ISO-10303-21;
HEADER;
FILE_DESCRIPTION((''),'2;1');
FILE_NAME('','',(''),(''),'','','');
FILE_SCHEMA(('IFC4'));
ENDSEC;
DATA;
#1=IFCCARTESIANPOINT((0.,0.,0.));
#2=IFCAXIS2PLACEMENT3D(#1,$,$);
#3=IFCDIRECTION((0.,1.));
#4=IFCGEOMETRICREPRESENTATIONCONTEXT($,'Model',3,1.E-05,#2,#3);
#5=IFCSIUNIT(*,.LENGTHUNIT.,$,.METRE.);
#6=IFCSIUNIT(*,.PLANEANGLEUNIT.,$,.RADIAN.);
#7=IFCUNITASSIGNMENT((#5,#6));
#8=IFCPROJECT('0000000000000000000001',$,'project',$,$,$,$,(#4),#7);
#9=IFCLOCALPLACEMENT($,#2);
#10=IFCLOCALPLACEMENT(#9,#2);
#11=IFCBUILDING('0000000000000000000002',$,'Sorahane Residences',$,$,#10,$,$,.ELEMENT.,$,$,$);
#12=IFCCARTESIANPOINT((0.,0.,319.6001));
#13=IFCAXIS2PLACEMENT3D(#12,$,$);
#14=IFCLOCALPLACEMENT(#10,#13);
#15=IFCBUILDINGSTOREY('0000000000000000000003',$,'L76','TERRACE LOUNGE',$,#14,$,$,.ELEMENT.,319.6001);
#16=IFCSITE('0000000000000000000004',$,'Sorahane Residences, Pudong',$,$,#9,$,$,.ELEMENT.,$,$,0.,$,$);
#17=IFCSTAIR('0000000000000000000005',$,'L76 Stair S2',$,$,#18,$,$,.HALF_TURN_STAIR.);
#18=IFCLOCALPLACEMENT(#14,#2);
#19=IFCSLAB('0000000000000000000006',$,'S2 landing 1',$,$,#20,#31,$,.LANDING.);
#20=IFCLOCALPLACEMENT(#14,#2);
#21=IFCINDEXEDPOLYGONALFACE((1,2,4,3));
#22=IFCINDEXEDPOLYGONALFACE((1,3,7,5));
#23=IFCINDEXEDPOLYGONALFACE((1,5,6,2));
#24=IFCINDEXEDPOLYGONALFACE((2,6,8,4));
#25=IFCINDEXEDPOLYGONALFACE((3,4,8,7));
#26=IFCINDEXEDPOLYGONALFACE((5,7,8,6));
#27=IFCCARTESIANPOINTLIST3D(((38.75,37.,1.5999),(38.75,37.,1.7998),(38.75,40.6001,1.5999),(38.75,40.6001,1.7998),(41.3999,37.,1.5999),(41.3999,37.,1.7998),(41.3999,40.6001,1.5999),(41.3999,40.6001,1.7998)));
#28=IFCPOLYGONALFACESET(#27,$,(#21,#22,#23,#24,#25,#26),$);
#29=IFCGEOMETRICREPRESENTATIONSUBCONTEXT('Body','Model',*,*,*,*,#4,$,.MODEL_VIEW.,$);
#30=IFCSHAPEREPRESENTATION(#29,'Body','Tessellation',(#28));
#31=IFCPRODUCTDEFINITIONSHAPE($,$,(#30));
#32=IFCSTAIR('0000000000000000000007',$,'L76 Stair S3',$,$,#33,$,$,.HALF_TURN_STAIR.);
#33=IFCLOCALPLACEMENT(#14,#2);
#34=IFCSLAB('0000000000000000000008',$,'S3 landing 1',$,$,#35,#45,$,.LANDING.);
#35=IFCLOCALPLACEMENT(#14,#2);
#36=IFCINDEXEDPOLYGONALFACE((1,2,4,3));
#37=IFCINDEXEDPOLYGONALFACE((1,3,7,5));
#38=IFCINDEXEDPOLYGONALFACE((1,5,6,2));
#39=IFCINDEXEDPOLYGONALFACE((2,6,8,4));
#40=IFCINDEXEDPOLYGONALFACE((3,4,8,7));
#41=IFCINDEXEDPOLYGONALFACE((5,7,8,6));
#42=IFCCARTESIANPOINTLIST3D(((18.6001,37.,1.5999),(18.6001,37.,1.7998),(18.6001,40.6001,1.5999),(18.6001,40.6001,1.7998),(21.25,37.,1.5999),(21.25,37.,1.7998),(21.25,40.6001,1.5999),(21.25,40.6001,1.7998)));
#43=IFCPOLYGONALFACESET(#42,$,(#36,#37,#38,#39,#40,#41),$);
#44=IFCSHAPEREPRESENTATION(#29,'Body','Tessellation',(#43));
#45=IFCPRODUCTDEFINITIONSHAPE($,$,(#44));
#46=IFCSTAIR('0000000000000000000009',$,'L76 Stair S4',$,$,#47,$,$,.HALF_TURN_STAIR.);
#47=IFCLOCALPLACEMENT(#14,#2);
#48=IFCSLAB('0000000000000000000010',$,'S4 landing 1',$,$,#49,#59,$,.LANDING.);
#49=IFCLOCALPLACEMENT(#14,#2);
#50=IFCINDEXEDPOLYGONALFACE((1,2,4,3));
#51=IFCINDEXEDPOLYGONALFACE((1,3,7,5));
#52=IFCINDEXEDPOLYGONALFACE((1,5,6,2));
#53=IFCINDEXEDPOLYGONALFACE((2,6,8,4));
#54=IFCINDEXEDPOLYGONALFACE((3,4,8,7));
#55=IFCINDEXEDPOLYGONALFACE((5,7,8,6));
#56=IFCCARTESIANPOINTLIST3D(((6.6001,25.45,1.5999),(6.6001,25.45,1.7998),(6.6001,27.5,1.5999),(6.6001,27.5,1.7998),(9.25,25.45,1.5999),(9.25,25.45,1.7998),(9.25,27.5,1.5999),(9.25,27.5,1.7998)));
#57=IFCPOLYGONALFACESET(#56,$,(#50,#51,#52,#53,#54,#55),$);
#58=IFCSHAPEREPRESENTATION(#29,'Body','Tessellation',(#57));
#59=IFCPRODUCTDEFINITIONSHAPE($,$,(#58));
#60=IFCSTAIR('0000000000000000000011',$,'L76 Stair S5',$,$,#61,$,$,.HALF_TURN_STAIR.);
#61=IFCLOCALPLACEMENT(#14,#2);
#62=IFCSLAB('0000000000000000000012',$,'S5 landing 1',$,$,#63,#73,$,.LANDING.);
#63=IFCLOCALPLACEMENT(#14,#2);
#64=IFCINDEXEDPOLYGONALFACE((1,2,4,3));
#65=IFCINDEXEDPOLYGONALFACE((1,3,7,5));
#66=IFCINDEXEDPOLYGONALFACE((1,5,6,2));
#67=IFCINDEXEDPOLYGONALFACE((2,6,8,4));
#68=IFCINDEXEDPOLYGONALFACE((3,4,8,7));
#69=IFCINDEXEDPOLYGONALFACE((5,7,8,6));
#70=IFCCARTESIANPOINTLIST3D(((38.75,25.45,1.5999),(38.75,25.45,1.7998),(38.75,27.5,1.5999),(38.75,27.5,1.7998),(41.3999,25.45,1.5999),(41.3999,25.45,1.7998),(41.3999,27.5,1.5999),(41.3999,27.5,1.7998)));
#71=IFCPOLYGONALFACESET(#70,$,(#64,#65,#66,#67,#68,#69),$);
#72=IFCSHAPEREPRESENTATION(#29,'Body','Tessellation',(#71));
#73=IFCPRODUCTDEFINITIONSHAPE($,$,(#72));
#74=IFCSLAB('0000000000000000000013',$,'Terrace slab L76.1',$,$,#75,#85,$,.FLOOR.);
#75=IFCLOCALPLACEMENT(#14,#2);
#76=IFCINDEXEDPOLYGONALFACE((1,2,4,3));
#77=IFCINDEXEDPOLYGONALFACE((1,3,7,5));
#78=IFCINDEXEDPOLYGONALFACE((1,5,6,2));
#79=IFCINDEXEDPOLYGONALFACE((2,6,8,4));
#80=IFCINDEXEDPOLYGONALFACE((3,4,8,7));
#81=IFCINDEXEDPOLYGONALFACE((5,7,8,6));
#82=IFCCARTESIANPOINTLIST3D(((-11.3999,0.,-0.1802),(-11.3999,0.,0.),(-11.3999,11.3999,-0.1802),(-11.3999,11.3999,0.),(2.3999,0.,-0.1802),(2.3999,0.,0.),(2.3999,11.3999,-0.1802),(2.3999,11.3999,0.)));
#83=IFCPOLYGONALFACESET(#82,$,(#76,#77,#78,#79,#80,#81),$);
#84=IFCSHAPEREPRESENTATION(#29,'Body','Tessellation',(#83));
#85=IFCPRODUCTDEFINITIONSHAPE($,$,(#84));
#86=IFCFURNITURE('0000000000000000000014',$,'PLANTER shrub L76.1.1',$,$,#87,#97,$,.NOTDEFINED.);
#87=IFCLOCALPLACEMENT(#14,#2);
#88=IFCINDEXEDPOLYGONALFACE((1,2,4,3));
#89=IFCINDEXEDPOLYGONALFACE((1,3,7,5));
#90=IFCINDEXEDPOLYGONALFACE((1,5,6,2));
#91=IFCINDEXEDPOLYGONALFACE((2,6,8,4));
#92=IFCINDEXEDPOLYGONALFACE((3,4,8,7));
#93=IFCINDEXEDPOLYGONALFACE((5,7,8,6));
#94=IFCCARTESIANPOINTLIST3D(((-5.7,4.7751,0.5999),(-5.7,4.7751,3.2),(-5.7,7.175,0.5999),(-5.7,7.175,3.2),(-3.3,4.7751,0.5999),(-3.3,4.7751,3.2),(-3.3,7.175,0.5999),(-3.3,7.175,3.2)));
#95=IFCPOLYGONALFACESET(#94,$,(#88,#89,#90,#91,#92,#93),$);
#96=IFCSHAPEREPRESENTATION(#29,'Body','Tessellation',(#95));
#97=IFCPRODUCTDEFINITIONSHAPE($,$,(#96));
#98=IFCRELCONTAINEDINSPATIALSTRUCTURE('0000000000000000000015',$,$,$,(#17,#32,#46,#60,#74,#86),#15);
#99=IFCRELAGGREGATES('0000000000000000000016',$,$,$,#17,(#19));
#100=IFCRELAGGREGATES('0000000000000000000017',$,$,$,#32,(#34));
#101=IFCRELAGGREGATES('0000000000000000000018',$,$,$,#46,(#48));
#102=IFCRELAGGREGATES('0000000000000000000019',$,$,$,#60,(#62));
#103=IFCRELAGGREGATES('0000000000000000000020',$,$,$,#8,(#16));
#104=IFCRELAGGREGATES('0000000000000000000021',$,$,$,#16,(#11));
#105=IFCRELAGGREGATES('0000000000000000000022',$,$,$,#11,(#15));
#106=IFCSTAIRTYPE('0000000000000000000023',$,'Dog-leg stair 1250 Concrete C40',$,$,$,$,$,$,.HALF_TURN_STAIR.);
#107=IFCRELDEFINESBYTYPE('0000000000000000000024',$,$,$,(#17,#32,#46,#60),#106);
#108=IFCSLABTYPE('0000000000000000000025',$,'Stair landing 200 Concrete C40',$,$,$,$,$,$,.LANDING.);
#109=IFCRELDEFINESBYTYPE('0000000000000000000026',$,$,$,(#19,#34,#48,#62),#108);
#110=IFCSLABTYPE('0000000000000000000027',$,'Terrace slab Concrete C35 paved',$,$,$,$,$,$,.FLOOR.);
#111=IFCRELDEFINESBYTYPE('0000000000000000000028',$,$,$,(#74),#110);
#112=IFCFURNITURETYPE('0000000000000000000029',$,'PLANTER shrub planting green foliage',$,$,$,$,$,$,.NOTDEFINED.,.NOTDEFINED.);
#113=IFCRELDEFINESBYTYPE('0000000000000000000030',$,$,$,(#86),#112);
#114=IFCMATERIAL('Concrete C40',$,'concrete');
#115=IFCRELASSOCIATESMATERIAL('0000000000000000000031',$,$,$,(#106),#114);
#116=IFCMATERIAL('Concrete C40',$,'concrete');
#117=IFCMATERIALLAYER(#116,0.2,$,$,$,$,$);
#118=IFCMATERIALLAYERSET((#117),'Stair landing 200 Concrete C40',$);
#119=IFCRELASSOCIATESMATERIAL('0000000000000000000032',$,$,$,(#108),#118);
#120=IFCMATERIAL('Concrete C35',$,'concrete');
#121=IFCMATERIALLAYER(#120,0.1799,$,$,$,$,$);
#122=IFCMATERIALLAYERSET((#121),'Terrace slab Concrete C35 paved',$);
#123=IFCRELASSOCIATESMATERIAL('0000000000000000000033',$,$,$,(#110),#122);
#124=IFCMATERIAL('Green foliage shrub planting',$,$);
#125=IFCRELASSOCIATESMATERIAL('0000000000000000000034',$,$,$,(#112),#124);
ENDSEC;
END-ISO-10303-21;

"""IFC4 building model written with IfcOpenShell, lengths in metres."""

from ifc_helpers import new_model, si_unit, direction, frame, origin, origin_2d, place, context, subcontext, project, spatial, polyline, rectangle, outline, extrude, material, layer, layer_set, type_object, element, aggregate, save


model = new_model("IFC4")

# Units and contexts
model_context = context("Model", 3, precision=1e-05, world=origin(), true_north=direction((0.0, 1.0)))
body_context = subcontext(model_context, "Body", "Model", "MODEL_VIEW")
ifc_project = project(units=[si_unit("LENGTHUNIT", "METRE"), si_unit("PLANEANGLEUNIT", "RADIAN")], contexts=[model_context])

# Site, building, storey
site_placement = place(None, origin())
site = spatial("IfcSite", under=ifc_project, at=site_placement, Name="Sorahane Residences, Pudong", CompositionType="ELEMENT", RefElevation=0.0)
building_placement = place(site_placement, origin())
building = spatial("IfcBuilding", under=site, at=building_placement, Name="Sorahane Residences", CompositionType="ELEMENT")
storey_placement = place(building_placement, frame((0.0, 0.0, 319.6001)))
storey = spatial("IfcBuildingStorey", under=building, at=storey_placement, Name="L76", Description="TERRACE LOUNGE", CompositionType="ELEMENT", Elevation=319.6001)

# Stairs, slabs
ifc_material_1 = material(Name="Concrete C40", Category="concrete")
stair_type = type_object("IfcStairType", Name="Dog-leg stair 1250 Concrete C40", PredefinedType="HALF_TURN_STAIR", material=ifc_material_1)
ifc_material_2 = material(Name="Concrete C40", Category="concrete")
ifc_layer_1 = layer(ifc_material_2, 0.2)
ifc_layer_set_1 = layer_set([ifc_layer_1], Name="Stair landing 200 Concrete C40")
slab_type_1 = type_object("IfcSlabType", Name="Stair landing 200 Concrete C40", PredefinedType="LANDING", material=ifc_layer_set_1)
stair_1_placement = place(storey_placement, origin())
stair_1 = element("IfcStair", 1, at=stair_1_placement, inside=storey, type_object=stair_type, Name="L76 Stair S2", PredefinedType="HALF_TURN_STAIR")
slab_1_placement = place(storey_placement, frame((0.0, 0.0, 1.5999)))
slab_1 = element("IfcSlab", 2, at=slab_1_placement, type_object=slab_type_1, Name="S2 landing 1", PredefinedType="LANDING", context=body_context, shape_type="SweptSolid", body=[
    extrude(outline(polyline([(38.75, 40.6001), (38.75, 37.0), (41.3999, 37.0), (41.3999, 40.6001), (38.75, 40.6001)])), origin(), (0.0, 0.0, 1.0), 0.2),
])
aggregate(stair_1, [slab_1])
stair_2_placement = place(storey_placement, origin())
stair_2 = element("IfcStair", 3, at=stair_2_placement, inside=storey, type_object=stair_type, Name="L76 Stair S3", PredefinedType="HALF_TURN_STAIR")
slab_2_placement = place(storey_placement, frame((0.0, 0.0, 1.5999)))
slab_2 = element("IfcSlab", 4, at=slab_2_placement, type_object=slab_type_1, Name="S3 landing 1", PredefinedType="LANDING", context=body_context, shape_type="SweptSolid", body=[
    extrude(outline(polyline([(18.6001, 40.6001), (18.6001, 37.0), (21.25, 37.0), (21.25, 40.6001), (18.6001, 40.6001)])), origin(), (0.0, 0.0, 1.0), 0.2),
])
aggregate(stair_2, [slab_2])
stair_3_placement = place(storey_placement, origin())
stair_3 = element("IfcStair", 5, at=stair_3_placement, inside=storey, type_object=stair_type, Name="L76 Stair S4", PredefinedType="HALF_TURN_STAIR")
slab_3_placement = place(storey_placement, frame((0.0, 0.0, 1.5999)))
slab_3 = element("IfcSlab", 6, at=slab_3_placement, type_object=slab_type_1, Name="S4 landing 1", PredefinedType="LANDING", context=body_context, shape_type="SweptSolid", body=[
    extrude(outline(polyline([(9.25, 25.45), (9.25, 27.5), (6.6001, 27.5), (6.6001, 25.45), (9.25, 25.45)])), origin(), (0.0, 0.0, 1.0), 0.2),
])
aggregate(stair_3, [slab_3])
stair_4_placement = place(storey_placement, origin())
stair_4 = element("IfcStair", 7, at=stair_4_placement, inside=storey, type_object=stair_type, Name="L76 Stair S5", PredefinedType="HALF_TURN_STAIR")
slab_4_placement = place(storey_placement, frame((0.0, 0.0, 1.5999)))
slab_4 = element("IfcSlab", 8, at=slab_4_placement, type_object=slab_type_1, Name="S5 landing 1", PredefinedType="LANDING", context=body_context, shape_type="SweptSolid", body=[
    extrude(outline(polyline([(41.3999, 25.45), (41.3999, 27.5), (38.75, 27.5), (38.75, 25.45), (41.3999, 25.45)])), origin(), (0.0, 0.0, 1.0), 0.2),
])
aggregate(stair_4, [slab_4])

# Slab
ifc_material_3 = material(Name="Concrete C35", Category="concrete")
ifc_layer_2 = layer(ifc_material_3, 0.1799)
ifc_layer_set_2 = layer_set([ifc_layer_2], Name="Terrace slab Concrete C35 paved")
slab_type_2 = type_object("IfcSlabType", Name="Terrace slab Concrete C35 paved", PredefinedType="FLOOR", material=ifc_layer_set_2)
slab_5_placement = place(storey_placement, frame((0.0, 0.0, -0.1802)))
element("IfcSlab", 9, at=slab_5_placement, inside=storey, type_object=slab_type_2, Name="Terrace slab L76.1", PredefinedType="FLOOR", context=body_context, shape_type="SweptSolid", body=[
    extrude(outline(polyline([(-11.3999, 0.0), (-11.3999, 11.3999), (2.3999, 11.3999), (2.3999, 0.0), (-11.3999, 0.0)])), origin(), (0.0, 0.0, 1.0), 0.1802),
])

# Furniture
ifc_material_4 = material(Name="Green foliage shrub planting")
furniture_type = type_object("IfcFurnitureType", Name="PLANTER shrub planting green foliage", AssemblyPlace="NOTDEFINED", PredefinedType="NOTDEFINED", material=ifc_material_4)
furniture_placement = place(storey_placement, frame((-4.5, 5.9751, 0.5999), z_axis=(0.0, 0.0, 1.0), x_axis=(1.0, 0.0, 0.0)))
element("IfcFurniture", 10, at=furniture_placement, inside=storey, type_object=furniture_type, Name="PLANTER shrub L76.1.1", PredefinedType="NOTDEFINED", context=body_context, shape_type="SweptSolid", body=[
    extrude(rectangle(XDim=2.3999, YDim=2.3999, at=origin_2d()), origin(), (0.0, 0.0, 1.0), 2.6001),
])

save(model, "model.ifc")
